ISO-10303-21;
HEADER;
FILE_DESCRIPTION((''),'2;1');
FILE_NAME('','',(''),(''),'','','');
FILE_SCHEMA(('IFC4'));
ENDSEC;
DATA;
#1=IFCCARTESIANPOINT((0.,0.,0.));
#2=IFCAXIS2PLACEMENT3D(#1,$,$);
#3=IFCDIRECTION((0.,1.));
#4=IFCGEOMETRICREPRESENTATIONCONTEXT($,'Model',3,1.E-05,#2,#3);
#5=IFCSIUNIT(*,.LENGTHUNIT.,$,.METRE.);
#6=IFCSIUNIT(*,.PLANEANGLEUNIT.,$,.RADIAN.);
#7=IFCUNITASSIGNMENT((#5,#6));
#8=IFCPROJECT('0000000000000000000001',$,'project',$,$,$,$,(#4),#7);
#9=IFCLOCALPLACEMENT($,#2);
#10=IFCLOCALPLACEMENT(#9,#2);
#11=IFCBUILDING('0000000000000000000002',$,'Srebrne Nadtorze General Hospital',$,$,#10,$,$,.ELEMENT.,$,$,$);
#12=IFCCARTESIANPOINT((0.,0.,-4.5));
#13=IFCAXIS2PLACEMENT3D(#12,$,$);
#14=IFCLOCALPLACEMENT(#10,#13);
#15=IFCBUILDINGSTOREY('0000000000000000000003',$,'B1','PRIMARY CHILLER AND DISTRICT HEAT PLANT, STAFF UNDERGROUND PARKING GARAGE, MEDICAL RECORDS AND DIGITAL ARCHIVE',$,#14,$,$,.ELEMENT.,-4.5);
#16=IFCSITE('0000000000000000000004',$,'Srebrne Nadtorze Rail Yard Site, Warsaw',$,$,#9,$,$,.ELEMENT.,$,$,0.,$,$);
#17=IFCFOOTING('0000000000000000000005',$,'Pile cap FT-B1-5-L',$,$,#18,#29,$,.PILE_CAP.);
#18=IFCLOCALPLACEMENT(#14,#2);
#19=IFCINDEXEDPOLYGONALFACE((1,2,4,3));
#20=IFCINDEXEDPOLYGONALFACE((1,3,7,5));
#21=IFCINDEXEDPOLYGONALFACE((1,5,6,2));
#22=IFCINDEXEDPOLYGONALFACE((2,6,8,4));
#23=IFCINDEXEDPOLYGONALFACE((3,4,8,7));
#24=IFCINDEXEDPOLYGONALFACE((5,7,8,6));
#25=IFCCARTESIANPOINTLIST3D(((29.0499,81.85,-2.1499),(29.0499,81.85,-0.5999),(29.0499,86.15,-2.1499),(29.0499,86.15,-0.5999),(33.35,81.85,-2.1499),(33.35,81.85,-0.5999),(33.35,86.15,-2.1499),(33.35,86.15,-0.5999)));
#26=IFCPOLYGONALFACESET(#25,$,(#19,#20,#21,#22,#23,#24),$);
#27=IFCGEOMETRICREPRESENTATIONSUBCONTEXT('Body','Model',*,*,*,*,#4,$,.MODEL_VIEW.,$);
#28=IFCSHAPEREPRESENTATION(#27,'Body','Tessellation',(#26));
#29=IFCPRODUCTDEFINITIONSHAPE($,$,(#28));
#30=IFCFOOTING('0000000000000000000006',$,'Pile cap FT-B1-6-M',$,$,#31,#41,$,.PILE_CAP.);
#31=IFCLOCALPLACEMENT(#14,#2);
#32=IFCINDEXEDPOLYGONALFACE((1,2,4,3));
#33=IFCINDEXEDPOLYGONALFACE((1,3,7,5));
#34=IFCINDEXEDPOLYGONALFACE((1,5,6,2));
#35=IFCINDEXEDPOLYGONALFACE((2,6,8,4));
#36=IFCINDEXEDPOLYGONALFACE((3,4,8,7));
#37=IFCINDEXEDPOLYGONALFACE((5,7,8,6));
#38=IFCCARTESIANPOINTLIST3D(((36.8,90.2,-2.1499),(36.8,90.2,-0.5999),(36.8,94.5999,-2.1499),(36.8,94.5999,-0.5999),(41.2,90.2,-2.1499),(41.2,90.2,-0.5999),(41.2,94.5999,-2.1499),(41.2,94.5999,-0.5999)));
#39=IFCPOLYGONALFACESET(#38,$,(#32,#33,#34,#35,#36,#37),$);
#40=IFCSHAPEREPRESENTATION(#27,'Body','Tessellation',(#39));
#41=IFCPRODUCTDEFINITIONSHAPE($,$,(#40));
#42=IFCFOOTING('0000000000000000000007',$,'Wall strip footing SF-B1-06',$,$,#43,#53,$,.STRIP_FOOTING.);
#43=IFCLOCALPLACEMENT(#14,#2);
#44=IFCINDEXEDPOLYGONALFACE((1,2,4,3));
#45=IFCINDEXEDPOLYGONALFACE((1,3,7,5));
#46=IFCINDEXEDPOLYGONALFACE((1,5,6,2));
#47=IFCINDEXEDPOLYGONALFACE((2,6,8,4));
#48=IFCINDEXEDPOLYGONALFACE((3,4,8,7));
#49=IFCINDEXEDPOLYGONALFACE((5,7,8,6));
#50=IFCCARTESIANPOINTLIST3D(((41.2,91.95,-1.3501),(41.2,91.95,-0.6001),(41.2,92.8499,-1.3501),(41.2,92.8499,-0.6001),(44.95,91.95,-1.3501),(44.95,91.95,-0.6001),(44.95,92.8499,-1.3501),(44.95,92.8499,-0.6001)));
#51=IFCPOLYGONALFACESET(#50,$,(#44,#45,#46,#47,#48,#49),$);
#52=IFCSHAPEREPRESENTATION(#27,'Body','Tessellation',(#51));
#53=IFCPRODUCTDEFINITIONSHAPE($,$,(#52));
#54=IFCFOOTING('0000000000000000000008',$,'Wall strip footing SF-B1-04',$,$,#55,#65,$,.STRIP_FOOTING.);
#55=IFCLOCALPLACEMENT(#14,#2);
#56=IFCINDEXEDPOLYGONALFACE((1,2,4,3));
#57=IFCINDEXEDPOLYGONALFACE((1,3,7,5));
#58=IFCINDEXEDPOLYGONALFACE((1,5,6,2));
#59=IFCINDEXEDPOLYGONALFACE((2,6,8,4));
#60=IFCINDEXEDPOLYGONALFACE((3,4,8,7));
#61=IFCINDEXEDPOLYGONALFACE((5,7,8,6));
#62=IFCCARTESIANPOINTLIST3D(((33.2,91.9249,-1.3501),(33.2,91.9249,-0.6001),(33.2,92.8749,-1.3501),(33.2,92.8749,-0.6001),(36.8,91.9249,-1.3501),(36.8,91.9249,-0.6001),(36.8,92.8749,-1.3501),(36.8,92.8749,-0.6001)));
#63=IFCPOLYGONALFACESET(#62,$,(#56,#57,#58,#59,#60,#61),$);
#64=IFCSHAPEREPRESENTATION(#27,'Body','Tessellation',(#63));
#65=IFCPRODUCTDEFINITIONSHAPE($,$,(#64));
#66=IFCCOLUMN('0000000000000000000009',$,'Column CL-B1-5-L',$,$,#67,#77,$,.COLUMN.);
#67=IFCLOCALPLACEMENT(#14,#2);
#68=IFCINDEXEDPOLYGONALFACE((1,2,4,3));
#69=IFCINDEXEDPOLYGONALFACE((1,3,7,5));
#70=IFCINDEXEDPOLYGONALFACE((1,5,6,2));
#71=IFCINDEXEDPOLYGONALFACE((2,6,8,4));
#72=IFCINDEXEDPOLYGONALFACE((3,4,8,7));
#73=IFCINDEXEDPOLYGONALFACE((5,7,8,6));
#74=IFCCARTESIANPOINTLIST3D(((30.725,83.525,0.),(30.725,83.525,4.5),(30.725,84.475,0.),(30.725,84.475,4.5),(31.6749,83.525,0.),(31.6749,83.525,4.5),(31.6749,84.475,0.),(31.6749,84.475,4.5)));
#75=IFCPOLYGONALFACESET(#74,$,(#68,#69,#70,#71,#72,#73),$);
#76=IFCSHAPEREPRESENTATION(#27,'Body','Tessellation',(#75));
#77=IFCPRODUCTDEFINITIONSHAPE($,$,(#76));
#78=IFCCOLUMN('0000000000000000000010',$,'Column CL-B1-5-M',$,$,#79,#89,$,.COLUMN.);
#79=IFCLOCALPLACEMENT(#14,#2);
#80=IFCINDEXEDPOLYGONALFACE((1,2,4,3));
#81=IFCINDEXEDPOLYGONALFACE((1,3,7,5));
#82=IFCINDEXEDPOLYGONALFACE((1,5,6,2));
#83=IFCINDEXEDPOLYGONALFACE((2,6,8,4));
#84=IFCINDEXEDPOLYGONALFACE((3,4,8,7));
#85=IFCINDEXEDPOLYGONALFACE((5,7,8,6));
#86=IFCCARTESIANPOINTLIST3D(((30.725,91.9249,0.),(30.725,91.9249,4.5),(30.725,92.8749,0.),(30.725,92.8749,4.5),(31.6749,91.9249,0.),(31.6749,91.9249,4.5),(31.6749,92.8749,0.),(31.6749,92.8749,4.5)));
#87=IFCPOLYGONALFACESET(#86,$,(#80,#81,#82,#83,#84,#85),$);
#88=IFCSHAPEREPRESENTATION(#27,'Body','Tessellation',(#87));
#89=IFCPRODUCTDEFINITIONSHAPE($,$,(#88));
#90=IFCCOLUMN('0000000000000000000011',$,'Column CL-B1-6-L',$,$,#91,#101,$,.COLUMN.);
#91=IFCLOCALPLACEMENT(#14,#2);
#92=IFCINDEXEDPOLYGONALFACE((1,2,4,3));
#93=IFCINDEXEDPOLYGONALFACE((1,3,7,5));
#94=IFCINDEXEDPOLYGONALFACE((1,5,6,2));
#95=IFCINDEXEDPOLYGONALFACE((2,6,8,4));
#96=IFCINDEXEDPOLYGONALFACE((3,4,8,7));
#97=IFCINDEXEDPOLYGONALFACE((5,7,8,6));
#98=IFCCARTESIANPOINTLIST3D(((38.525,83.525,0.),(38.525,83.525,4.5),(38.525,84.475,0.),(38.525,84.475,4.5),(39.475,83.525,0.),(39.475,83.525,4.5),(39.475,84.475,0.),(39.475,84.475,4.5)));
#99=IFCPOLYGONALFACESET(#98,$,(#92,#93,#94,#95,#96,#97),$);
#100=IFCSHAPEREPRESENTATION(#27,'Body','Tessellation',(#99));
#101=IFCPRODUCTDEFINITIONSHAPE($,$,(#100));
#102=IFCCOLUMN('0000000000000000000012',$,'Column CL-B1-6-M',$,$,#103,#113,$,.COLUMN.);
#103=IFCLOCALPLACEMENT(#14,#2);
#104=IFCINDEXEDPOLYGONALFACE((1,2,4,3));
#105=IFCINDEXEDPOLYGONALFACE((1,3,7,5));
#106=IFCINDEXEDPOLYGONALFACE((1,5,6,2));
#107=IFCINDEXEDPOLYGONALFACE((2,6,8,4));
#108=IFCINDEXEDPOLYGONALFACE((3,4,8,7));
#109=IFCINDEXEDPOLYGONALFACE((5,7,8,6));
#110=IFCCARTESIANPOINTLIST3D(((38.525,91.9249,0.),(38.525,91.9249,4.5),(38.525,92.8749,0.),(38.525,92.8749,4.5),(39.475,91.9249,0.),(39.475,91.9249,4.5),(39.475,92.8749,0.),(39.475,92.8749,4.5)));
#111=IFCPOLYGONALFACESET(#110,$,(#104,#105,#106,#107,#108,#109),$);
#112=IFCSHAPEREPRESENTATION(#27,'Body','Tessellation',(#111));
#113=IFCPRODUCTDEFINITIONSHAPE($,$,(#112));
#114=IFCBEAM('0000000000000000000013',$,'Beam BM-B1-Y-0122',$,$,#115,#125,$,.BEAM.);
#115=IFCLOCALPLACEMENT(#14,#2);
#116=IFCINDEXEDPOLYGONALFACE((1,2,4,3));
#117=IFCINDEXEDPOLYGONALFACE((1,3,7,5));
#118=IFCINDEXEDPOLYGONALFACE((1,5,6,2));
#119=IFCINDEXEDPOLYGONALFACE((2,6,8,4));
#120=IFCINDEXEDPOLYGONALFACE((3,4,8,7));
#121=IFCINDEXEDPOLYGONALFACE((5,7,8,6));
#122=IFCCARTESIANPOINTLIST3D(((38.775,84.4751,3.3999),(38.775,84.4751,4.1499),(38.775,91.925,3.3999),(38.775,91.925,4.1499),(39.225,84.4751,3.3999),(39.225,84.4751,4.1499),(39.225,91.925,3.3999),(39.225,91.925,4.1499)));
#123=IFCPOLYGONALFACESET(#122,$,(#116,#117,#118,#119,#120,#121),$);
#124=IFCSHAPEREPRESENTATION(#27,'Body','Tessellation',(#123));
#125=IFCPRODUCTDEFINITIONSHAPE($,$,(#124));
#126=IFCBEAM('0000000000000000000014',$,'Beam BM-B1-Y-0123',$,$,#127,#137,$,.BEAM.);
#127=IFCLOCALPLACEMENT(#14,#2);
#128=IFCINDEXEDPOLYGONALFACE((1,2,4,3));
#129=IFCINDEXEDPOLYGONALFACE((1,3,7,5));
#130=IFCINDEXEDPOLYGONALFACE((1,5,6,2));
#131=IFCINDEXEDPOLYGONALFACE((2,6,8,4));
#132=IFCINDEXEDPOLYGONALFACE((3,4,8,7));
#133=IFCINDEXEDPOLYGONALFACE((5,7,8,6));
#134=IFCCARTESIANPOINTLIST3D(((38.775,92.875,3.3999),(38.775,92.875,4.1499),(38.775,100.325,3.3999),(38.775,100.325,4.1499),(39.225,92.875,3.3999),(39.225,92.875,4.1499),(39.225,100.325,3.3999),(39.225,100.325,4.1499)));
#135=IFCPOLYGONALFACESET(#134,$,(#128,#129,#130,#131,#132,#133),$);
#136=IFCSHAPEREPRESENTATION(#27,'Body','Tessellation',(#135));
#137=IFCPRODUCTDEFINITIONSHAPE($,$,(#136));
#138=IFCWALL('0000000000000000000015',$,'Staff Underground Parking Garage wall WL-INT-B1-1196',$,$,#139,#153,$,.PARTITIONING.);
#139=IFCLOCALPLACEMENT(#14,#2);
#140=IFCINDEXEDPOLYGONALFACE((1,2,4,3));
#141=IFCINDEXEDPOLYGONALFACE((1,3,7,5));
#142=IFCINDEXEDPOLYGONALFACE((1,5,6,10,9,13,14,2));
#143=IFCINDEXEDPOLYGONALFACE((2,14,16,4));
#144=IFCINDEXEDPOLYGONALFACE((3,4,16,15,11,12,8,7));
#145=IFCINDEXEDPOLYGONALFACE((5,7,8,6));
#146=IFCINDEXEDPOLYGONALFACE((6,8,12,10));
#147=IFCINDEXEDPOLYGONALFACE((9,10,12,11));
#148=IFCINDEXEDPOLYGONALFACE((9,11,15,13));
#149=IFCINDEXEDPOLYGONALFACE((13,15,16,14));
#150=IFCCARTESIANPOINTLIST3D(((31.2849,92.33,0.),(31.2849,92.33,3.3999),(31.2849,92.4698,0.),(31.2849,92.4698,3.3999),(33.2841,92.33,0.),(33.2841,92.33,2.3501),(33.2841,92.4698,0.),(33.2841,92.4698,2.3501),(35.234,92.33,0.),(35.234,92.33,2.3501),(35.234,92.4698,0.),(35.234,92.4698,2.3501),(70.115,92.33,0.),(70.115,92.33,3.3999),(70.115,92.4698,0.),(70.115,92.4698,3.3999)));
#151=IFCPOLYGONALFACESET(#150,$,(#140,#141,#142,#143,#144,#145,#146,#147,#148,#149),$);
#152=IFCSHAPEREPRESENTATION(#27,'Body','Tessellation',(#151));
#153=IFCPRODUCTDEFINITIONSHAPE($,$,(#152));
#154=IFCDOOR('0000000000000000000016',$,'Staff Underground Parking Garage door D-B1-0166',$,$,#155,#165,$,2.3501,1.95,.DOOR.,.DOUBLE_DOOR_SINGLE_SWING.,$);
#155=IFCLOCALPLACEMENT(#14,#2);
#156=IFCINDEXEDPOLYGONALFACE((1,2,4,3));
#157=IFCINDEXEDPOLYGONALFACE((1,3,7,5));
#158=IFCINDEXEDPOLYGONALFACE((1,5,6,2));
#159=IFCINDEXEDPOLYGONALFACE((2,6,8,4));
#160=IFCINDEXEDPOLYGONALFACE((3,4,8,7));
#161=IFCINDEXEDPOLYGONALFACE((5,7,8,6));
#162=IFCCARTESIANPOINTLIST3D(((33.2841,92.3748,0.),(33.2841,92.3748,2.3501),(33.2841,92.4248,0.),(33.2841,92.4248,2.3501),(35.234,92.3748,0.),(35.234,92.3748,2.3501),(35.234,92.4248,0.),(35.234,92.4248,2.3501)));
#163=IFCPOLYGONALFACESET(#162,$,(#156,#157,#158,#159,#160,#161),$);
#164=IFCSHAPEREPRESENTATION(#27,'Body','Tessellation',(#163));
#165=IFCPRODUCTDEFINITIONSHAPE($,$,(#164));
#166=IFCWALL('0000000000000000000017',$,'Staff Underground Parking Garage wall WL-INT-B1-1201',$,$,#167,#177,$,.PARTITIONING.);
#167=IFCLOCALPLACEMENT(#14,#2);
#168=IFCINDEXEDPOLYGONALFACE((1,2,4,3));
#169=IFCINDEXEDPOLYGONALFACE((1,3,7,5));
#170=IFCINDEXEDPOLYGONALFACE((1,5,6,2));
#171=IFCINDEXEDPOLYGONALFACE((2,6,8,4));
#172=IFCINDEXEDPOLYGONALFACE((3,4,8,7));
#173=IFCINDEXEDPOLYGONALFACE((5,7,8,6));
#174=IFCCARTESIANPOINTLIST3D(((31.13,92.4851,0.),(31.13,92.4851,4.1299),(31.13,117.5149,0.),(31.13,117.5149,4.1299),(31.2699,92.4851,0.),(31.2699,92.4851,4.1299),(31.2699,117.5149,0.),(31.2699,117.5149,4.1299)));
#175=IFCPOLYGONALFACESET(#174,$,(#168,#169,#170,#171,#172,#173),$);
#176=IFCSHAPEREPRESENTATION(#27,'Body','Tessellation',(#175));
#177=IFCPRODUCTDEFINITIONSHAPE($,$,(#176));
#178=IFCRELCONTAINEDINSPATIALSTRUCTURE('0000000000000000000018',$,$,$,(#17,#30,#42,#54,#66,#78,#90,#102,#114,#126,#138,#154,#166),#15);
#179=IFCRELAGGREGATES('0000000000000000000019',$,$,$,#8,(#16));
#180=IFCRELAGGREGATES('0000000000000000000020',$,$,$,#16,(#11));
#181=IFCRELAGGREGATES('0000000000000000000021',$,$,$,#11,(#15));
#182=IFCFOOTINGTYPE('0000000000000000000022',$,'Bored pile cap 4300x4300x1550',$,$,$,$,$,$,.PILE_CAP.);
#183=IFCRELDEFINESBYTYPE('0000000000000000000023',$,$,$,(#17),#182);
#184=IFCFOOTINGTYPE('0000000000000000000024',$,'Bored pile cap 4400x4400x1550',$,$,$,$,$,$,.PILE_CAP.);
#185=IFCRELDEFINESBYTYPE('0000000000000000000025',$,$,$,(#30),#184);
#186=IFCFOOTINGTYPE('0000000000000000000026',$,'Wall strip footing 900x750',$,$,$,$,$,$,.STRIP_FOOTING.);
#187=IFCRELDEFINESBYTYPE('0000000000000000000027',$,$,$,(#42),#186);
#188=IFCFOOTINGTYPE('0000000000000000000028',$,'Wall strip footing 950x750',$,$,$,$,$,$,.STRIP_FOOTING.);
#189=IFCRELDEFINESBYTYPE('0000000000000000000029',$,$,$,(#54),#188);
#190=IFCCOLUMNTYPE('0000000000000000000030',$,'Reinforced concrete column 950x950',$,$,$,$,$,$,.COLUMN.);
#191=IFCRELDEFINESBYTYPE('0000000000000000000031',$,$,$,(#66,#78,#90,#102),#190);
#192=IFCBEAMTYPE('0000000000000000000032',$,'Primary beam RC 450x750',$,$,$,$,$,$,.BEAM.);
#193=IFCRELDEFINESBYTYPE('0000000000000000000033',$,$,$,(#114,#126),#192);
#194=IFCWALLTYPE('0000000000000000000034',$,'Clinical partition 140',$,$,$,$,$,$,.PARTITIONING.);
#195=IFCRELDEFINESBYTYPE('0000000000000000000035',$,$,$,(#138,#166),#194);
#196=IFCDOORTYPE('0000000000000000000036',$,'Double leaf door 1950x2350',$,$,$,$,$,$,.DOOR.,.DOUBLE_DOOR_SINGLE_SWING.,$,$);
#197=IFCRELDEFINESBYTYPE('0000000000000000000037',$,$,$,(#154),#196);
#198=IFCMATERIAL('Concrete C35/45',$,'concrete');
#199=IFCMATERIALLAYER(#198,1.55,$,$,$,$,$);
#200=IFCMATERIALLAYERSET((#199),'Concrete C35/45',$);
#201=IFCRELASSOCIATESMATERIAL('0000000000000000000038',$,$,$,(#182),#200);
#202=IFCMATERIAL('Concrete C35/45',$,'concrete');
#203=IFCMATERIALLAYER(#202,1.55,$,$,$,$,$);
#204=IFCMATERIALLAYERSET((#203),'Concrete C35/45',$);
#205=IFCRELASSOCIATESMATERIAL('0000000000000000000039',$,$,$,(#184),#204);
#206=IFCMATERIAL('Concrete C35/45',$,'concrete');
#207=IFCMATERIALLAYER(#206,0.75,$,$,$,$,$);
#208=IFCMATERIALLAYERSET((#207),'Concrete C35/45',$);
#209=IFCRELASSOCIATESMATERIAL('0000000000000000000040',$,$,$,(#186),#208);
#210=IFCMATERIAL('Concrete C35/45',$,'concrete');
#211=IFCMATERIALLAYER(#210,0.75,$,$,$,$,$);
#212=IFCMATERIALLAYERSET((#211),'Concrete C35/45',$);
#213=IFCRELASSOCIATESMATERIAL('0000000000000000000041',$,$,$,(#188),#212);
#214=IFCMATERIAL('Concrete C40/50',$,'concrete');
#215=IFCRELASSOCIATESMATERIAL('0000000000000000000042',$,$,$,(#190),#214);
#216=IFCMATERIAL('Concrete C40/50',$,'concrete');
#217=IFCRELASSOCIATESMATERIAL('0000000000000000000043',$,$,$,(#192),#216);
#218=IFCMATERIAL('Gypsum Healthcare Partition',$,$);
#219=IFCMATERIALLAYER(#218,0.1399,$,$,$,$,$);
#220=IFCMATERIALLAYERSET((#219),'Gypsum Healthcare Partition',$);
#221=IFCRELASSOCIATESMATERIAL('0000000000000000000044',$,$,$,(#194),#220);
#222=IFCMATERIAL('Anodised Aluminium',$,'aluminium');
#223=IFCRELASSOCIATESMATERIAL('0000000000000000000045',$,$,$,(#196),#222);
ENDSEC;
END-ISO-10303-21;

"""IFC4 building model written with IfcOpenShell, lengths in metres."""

from ifc_helpers import new_model, si_unit, direction, frame, frame_2d, origin, origin_2d, place, context, subcontext, project, spatial, rectangle, extrude, material, layer, layer_set, material_profile, profile_set, type_object, element, fill, save


model = new_model("IFC4")

# Units and contexts
model_context = context("Model", 3, precision=1e-05, world=origin(), true_north=direction((0.0, 1.0)))
body_context = subcontext(model_context, "Body", "Model", "MODEL_VIEW")
ifc_project = project(units=[si_unit("LENGTHUNIT", "METRE"), si_unit("PLANEANGLEUNIT", "RADIAN")], contexts=[model_context])

# Site, building, storey
site_placement = place(None, origin())
site = spatial("IfcSite", under=ifc_project, at=site_placement, Name="Srebrne Nadtorze Rail Yard Site, Warsaw", CompositionType="ELEMENT", RefElevation=0.0)
building_placement = place(site_placement, origin())
building = spatial("IfcBuilding", under=site, at=building_placement, Name="Srebrne Nadtorze General Hospital", CompositionType="ELEMENT")
storey_placement = place(building_placement, frame((0.0, 0.0, -4.5)))
storey = spatial("IfcBuildingStorey", under=building, at=storey_placement, Name="B1", Description="PRIMARY CHILLER AND DISTRICT HEAT PLANT, STAFF UNDERGROUND PARKING GARAGE, MEDICAL RECORDS AND DIGITAL ARCHIVE", CompositionType="ELEMENT", Elevation=-4.5)

# Footings
ifc_material_1 = material(Name="Concrete C35/45", Category="concrete")
ifc_layer_1 = layer(ifc_material_1, 1.55)
ifc_layer_set_1 = layer_set([ifc_layer_1], Name="Concrete C35/45")
footing_type_1 = type_object("IfcFootingType", Name="Bored pile cap 4300x4300x1550", PredefinedType="PILE_CAP", material=ifc_layer_set_1)
footing_1_placement = place(storey_placement, frame((31.2, 84.0, -2.1499), z_axis=(0.0, 0.0, 1.0), x_axis=(1.0, 0.0, 0.0)))
element("IfcFooting", 1, at=footing_1_placement, inside=storey, type_object=footing_type_1, Name="Pile cap FT-B1-5-L", PredefinedType="PILE_CAP", context=body_context, shape_type="SweptSolid", body=[
    extrude(rectangle(XDim=4.3, YDim=4.3, at=origin_2d()), origin(), (0.0, 0.0, 1.0), 1.55),
])
ifc_material_2 = material(Name="Concrete C35/45", Category="concrete")
ifc_layer_2 = layer(ifc_material_2, 1.55)
ifc_layer_set_2 = layer_set([ifc_layer_2], Name="Concrete C35/45")
footing_type_2 = type_object("IfcFootingType", Name="Bored pile cap 4400x4400x1550", PredefinedType="PILE_CAP", material=ifc_layer_set_2)
footing_2_placement = place(storey_placement, frame((39.0, 92.3999, -2.1499), z_axis=(0.0, 0.0, 1.0), x_axis=(1.0, 0.0, 0.0)))
element("IfcFooting", 2, at=footing_2_placement, inside=storey, type_object=footing_type_2, Name="Pile cap FT-B1-6-M", PredefinedType="PILE_CAP", context=body_context, shape_type="SweptSolid", body=[
    extrude(rectangle(XDim=4.3999, YDim=4.3999, at=origin_2d()), origin(), (0.0, 0.0, 1.0), 1.55),
])
ifc_material_3 = material(Name="Concrete C35/45", Category="concrete")
ifc_layer_3 = layer(ifc_material_3, 0.75)
ifc_layer_set_3 = layer_set([ifc_layer_3], Name="Concrete C35/45")
footing_type_3 = type_object("IfcFootingType", Name="Wall strip footing 900x750", PredefinedType="STRIP_FOOTING", material=ifc_layer_set_3)
footing_3_placement = place(storey_placement, frame((43.075, 92.3999, -1.3501), z_axis=(0.0, 0.0, 1.0), x_axis=(1.0, 0.0, 0.0)))
element("IfcFooting", 3, at=footing_3_placement, inside=storey, type_object=footing_type_3, Name="Wall strip footing SF-B1-06", PredefinedType="STRIP_FOOTING", context=body_context, shape_type="SweptSolid", body=[
    extrude(rectangle(XDim=3.75, YDim=0.8999, at=origin_2d()), origin(), (0.0, 0.0, 1.0), 0.75),
])
ifc_material_4 = material(Name="Concrete C35/45", Category="concrete")
ifc_layer_4 = layer(ifc_material_4, 0.75)
ifc_layer_set_4 = layer_set([ifc_layer_4], Name="Concrete C35/45")
footing_type_4 = type_object("IfcFootingType", Name="Wall strip footing 950x750", PredefinedType="STRIP_FOOTING", material=ifc_layer_set_4)
footing_4_placement = place(storey_placement, frame((35.0, 92.3999, -1.3501), z_axis=(0.0, 0.0, 1.0), x_axis=(1.0, 0.0, 0.0)))
element("IfcFooting", 4, at=footing_4_placement, inside=storey, type_object=footing_type_4, Name="Wall strip footing SF-B1-04", PredefinedType="STRIP_FOOTING", context=body_context, shape_type="SweptSolid", body=[
    extrude(rectangle(XDim=3.6001, YDim=0.95, at=origin_2d()), origin(), (0.0, 0.0, 1.0), 0.75),
])

# Columns
ifc_material_5 = material(Name="Concrete C40/50", Category="concrete")
ifc_material_profile_1 = material_profile(ifc_material_5, rectangle(XDim=0.95, YDim=0.95, at=origin_2d()), Name="RC-COL-950x950")
ifc_profile_set_1 = profile_set([ifc_material_profile_1], Name="Concrete C40/50")
column_type = type_object("IfcColumnType", Name="Reinforced concrete column 950x950", PredefinedType="COLUMN", material=ifc_profile_set_1)
for number, where, z_axis, x_axis, name in (
    (5, (31.2, 84.0, 0.0), (0.0, 0.0, 1.0), (1.0, 0.0, 0.0), "Column CL-B1-5-L"),
    (6, (31.2, 92.3999, 0.0), (0.0, 0.0, 1.0), (1.0, 0.0, 0.0), "Column CL-B1-5-M"),
    (7, (39.0, 84.0, 0.0), (0.0, 0.0, 1.0), (1.0, 0.0, 0.0), "Column CL-B1-6-L"),
    (8, (39.0, 92.3999, 0.0), (0.0, 0.0, 1.0), (1.0, 0.0, 0.0), "Column CL-B1-6-M"),
):
    element("IfcColumn", number, at=place(storey_placement, frame(where, z_axis=z_axis, x_axis=x_axis)), inside=storey, type_object=column_type, Name=name, PredefinedType="COLUMN", context=body_context, shape_type="SweptSolid", body=[
        extrude(rectangle(XDim=0.95, YDim=0.95, at=origin_2d()), origin(), (0.0, 0.0, 1.0), 4.5),
    ])

# Beams
ifc_material_6 = material(Name="Concrete C40/50", Category="concrete")
ifc_material_profile_2 = material_profile(ifc_material_6, rectangle(XDim=0.45, YDim=0.75, at=origin_2d()), Name="RC-BM-450x750")
ifc_profile_set_2 = profile_set([ifc_material_profile_2], Name="Concrete C40/50")
beam_type = type_object("IfcBeamType", Name="Primary beam RC 450x750", PredefinedType="BEAM", material=ifc_profile_set_2)
for number, where, z_axis, x_axis, name in (
    (9, (39.0, 84.4751, 3.7749), (0.0, 1.0, 0.0), (-1.0, 0.0, 0.0), "Beam BM-B1-Y-0122"),
    (10, (39.0, 92.875, 3.7749), (0.0, 1.0, 0.0), (-1.0, 0.0, 0.0), "Beam BM-B1-Y-0123"),
):
    element("IfcBeam", number, at=place(storey_placement, frame(where, z_axis=z_axis, x_axis=x_axis)), inside=storey, type_object=beam_type, Name=name, PredefinedType="BEAM", context=body_context, shape_type="SweptSolid", body=[
        extrude(rectangle(XDim=0.45, YDim=0.75, at=origin_2d()), origin(), (0.0, 0.0, 1.0), 7.45),
    ])

# Wall, opening, door
ifc_material_7 = material(Name="Gypsum Healthcare Partition")
ifc_layer_5 = layer(ifc_material_7, 0.1399)
ifc_layer_set_5 = layer_set([ifc_layer_5], Name="Gypsum Healthcare Partition")
wall_type = type_object("IfcWallType", Name="Clinical partition 140", PredefinedType="PARTITIONING", material=ifc_layer_set_5)
wall_1_placement = place(storey_placement, frame((31.2849, 92.3999, 0.0), z_axis=(0.0, 0.0, 1.0), x_axis=(1.0, 0.0, 0.0)))
wall_1 = element("IfcWall", 11, at=wall_1_placement, inside=storey, type_object=wall_type, Name="Staff Underground Parking Garage wall WL-INT-B1-1196", PredefinedType="PARTITIONING", context=body_context, shape_type="SweptSolid", body=[
    extrude(rectangle(XDim=38.8301, YDim=0.1399, at=frame_2d((19.415, 0.0))), origin(), (0.0, 0.0, 1.0), 3.3999),
])
opening_placement = place(wall_1_placement, frame((1.999, 0.0, 0.0)))
opening = element("IfcOpeningElement", 12, at=opening_placement, cuts=wall_1, PredefinedType="OPENING", context=body_context, shape_type="SweptSolid", body=[
    extrude(rectangle(XDim=1.95, YDim=2.3501, at=frame_2d((0.9751, 1.175))), frame((0.0, 0.082, 0.0), z_axis=(0.0, -1.0, 0.0), x_axis=(1.0, 0.0, 0.0)), (0.0, 0.0, 1.0), 0.1638),
])
ifc_material_8 = material(Name="Anodised Aluminium", Category="aluminium")
door_type = type_object("IfcDoorType", Name="Double leaf door 1950x2350", OperationType="DOUBLE_DOOR_SINGLE_SWING", PredefinedType="DOOR", material=ifc_material_8)
door_placement = place(opening_placement, origin())
door = element("IfcDoor", 13, at=door_placement, inside=storey, type_object=door_type, Name="Staff Underground Parking Garage door D-B1-0166", OperationType="DOUBLE_DOOR_SINGLE_SWING", OverallHeight=2.3501, OverallWidth=1.95, PredefinedType="DOOR", context=body_context, shape_type="SweptSolid", body=[
    extrude(rectangle(XDim=1.95, YDim=2.3501, at=frame_2d((0.9751, 1.175))), frame((0.0, 0.0249, 0.0), z_axis=(0.0, -1.0, 0.0), x_axis=(1.0, 0.0, 0.0)), (0.0, 0.0, 1.0), 0.05),
])
fill(opening, door)

# Wall
wall_2_placement = place(storey_placement, frame((31.2, 92.4851, 0.0), z_axis=(0.0, 0.0, 1.0), x_axis=(0.0, 1.0, 0.0)))
element("IfcWall", 14, at=wall_2_placement, inside=storey, type_object=wall_type, Name="Staff Underground Parking Garage wall WL-INT-B1-1201", PredefinedType="PARTITIONING", context=body_context, shape_type="SweptSolid", body=[
    extrude(rectangle(XDim=25.0298, YDim=0.1399, at=frame_2d((12.5149, 0.0))), origin(), (0.0, 0.0, 1.0), 4.1299),
])

save(model, "model.ifc")
